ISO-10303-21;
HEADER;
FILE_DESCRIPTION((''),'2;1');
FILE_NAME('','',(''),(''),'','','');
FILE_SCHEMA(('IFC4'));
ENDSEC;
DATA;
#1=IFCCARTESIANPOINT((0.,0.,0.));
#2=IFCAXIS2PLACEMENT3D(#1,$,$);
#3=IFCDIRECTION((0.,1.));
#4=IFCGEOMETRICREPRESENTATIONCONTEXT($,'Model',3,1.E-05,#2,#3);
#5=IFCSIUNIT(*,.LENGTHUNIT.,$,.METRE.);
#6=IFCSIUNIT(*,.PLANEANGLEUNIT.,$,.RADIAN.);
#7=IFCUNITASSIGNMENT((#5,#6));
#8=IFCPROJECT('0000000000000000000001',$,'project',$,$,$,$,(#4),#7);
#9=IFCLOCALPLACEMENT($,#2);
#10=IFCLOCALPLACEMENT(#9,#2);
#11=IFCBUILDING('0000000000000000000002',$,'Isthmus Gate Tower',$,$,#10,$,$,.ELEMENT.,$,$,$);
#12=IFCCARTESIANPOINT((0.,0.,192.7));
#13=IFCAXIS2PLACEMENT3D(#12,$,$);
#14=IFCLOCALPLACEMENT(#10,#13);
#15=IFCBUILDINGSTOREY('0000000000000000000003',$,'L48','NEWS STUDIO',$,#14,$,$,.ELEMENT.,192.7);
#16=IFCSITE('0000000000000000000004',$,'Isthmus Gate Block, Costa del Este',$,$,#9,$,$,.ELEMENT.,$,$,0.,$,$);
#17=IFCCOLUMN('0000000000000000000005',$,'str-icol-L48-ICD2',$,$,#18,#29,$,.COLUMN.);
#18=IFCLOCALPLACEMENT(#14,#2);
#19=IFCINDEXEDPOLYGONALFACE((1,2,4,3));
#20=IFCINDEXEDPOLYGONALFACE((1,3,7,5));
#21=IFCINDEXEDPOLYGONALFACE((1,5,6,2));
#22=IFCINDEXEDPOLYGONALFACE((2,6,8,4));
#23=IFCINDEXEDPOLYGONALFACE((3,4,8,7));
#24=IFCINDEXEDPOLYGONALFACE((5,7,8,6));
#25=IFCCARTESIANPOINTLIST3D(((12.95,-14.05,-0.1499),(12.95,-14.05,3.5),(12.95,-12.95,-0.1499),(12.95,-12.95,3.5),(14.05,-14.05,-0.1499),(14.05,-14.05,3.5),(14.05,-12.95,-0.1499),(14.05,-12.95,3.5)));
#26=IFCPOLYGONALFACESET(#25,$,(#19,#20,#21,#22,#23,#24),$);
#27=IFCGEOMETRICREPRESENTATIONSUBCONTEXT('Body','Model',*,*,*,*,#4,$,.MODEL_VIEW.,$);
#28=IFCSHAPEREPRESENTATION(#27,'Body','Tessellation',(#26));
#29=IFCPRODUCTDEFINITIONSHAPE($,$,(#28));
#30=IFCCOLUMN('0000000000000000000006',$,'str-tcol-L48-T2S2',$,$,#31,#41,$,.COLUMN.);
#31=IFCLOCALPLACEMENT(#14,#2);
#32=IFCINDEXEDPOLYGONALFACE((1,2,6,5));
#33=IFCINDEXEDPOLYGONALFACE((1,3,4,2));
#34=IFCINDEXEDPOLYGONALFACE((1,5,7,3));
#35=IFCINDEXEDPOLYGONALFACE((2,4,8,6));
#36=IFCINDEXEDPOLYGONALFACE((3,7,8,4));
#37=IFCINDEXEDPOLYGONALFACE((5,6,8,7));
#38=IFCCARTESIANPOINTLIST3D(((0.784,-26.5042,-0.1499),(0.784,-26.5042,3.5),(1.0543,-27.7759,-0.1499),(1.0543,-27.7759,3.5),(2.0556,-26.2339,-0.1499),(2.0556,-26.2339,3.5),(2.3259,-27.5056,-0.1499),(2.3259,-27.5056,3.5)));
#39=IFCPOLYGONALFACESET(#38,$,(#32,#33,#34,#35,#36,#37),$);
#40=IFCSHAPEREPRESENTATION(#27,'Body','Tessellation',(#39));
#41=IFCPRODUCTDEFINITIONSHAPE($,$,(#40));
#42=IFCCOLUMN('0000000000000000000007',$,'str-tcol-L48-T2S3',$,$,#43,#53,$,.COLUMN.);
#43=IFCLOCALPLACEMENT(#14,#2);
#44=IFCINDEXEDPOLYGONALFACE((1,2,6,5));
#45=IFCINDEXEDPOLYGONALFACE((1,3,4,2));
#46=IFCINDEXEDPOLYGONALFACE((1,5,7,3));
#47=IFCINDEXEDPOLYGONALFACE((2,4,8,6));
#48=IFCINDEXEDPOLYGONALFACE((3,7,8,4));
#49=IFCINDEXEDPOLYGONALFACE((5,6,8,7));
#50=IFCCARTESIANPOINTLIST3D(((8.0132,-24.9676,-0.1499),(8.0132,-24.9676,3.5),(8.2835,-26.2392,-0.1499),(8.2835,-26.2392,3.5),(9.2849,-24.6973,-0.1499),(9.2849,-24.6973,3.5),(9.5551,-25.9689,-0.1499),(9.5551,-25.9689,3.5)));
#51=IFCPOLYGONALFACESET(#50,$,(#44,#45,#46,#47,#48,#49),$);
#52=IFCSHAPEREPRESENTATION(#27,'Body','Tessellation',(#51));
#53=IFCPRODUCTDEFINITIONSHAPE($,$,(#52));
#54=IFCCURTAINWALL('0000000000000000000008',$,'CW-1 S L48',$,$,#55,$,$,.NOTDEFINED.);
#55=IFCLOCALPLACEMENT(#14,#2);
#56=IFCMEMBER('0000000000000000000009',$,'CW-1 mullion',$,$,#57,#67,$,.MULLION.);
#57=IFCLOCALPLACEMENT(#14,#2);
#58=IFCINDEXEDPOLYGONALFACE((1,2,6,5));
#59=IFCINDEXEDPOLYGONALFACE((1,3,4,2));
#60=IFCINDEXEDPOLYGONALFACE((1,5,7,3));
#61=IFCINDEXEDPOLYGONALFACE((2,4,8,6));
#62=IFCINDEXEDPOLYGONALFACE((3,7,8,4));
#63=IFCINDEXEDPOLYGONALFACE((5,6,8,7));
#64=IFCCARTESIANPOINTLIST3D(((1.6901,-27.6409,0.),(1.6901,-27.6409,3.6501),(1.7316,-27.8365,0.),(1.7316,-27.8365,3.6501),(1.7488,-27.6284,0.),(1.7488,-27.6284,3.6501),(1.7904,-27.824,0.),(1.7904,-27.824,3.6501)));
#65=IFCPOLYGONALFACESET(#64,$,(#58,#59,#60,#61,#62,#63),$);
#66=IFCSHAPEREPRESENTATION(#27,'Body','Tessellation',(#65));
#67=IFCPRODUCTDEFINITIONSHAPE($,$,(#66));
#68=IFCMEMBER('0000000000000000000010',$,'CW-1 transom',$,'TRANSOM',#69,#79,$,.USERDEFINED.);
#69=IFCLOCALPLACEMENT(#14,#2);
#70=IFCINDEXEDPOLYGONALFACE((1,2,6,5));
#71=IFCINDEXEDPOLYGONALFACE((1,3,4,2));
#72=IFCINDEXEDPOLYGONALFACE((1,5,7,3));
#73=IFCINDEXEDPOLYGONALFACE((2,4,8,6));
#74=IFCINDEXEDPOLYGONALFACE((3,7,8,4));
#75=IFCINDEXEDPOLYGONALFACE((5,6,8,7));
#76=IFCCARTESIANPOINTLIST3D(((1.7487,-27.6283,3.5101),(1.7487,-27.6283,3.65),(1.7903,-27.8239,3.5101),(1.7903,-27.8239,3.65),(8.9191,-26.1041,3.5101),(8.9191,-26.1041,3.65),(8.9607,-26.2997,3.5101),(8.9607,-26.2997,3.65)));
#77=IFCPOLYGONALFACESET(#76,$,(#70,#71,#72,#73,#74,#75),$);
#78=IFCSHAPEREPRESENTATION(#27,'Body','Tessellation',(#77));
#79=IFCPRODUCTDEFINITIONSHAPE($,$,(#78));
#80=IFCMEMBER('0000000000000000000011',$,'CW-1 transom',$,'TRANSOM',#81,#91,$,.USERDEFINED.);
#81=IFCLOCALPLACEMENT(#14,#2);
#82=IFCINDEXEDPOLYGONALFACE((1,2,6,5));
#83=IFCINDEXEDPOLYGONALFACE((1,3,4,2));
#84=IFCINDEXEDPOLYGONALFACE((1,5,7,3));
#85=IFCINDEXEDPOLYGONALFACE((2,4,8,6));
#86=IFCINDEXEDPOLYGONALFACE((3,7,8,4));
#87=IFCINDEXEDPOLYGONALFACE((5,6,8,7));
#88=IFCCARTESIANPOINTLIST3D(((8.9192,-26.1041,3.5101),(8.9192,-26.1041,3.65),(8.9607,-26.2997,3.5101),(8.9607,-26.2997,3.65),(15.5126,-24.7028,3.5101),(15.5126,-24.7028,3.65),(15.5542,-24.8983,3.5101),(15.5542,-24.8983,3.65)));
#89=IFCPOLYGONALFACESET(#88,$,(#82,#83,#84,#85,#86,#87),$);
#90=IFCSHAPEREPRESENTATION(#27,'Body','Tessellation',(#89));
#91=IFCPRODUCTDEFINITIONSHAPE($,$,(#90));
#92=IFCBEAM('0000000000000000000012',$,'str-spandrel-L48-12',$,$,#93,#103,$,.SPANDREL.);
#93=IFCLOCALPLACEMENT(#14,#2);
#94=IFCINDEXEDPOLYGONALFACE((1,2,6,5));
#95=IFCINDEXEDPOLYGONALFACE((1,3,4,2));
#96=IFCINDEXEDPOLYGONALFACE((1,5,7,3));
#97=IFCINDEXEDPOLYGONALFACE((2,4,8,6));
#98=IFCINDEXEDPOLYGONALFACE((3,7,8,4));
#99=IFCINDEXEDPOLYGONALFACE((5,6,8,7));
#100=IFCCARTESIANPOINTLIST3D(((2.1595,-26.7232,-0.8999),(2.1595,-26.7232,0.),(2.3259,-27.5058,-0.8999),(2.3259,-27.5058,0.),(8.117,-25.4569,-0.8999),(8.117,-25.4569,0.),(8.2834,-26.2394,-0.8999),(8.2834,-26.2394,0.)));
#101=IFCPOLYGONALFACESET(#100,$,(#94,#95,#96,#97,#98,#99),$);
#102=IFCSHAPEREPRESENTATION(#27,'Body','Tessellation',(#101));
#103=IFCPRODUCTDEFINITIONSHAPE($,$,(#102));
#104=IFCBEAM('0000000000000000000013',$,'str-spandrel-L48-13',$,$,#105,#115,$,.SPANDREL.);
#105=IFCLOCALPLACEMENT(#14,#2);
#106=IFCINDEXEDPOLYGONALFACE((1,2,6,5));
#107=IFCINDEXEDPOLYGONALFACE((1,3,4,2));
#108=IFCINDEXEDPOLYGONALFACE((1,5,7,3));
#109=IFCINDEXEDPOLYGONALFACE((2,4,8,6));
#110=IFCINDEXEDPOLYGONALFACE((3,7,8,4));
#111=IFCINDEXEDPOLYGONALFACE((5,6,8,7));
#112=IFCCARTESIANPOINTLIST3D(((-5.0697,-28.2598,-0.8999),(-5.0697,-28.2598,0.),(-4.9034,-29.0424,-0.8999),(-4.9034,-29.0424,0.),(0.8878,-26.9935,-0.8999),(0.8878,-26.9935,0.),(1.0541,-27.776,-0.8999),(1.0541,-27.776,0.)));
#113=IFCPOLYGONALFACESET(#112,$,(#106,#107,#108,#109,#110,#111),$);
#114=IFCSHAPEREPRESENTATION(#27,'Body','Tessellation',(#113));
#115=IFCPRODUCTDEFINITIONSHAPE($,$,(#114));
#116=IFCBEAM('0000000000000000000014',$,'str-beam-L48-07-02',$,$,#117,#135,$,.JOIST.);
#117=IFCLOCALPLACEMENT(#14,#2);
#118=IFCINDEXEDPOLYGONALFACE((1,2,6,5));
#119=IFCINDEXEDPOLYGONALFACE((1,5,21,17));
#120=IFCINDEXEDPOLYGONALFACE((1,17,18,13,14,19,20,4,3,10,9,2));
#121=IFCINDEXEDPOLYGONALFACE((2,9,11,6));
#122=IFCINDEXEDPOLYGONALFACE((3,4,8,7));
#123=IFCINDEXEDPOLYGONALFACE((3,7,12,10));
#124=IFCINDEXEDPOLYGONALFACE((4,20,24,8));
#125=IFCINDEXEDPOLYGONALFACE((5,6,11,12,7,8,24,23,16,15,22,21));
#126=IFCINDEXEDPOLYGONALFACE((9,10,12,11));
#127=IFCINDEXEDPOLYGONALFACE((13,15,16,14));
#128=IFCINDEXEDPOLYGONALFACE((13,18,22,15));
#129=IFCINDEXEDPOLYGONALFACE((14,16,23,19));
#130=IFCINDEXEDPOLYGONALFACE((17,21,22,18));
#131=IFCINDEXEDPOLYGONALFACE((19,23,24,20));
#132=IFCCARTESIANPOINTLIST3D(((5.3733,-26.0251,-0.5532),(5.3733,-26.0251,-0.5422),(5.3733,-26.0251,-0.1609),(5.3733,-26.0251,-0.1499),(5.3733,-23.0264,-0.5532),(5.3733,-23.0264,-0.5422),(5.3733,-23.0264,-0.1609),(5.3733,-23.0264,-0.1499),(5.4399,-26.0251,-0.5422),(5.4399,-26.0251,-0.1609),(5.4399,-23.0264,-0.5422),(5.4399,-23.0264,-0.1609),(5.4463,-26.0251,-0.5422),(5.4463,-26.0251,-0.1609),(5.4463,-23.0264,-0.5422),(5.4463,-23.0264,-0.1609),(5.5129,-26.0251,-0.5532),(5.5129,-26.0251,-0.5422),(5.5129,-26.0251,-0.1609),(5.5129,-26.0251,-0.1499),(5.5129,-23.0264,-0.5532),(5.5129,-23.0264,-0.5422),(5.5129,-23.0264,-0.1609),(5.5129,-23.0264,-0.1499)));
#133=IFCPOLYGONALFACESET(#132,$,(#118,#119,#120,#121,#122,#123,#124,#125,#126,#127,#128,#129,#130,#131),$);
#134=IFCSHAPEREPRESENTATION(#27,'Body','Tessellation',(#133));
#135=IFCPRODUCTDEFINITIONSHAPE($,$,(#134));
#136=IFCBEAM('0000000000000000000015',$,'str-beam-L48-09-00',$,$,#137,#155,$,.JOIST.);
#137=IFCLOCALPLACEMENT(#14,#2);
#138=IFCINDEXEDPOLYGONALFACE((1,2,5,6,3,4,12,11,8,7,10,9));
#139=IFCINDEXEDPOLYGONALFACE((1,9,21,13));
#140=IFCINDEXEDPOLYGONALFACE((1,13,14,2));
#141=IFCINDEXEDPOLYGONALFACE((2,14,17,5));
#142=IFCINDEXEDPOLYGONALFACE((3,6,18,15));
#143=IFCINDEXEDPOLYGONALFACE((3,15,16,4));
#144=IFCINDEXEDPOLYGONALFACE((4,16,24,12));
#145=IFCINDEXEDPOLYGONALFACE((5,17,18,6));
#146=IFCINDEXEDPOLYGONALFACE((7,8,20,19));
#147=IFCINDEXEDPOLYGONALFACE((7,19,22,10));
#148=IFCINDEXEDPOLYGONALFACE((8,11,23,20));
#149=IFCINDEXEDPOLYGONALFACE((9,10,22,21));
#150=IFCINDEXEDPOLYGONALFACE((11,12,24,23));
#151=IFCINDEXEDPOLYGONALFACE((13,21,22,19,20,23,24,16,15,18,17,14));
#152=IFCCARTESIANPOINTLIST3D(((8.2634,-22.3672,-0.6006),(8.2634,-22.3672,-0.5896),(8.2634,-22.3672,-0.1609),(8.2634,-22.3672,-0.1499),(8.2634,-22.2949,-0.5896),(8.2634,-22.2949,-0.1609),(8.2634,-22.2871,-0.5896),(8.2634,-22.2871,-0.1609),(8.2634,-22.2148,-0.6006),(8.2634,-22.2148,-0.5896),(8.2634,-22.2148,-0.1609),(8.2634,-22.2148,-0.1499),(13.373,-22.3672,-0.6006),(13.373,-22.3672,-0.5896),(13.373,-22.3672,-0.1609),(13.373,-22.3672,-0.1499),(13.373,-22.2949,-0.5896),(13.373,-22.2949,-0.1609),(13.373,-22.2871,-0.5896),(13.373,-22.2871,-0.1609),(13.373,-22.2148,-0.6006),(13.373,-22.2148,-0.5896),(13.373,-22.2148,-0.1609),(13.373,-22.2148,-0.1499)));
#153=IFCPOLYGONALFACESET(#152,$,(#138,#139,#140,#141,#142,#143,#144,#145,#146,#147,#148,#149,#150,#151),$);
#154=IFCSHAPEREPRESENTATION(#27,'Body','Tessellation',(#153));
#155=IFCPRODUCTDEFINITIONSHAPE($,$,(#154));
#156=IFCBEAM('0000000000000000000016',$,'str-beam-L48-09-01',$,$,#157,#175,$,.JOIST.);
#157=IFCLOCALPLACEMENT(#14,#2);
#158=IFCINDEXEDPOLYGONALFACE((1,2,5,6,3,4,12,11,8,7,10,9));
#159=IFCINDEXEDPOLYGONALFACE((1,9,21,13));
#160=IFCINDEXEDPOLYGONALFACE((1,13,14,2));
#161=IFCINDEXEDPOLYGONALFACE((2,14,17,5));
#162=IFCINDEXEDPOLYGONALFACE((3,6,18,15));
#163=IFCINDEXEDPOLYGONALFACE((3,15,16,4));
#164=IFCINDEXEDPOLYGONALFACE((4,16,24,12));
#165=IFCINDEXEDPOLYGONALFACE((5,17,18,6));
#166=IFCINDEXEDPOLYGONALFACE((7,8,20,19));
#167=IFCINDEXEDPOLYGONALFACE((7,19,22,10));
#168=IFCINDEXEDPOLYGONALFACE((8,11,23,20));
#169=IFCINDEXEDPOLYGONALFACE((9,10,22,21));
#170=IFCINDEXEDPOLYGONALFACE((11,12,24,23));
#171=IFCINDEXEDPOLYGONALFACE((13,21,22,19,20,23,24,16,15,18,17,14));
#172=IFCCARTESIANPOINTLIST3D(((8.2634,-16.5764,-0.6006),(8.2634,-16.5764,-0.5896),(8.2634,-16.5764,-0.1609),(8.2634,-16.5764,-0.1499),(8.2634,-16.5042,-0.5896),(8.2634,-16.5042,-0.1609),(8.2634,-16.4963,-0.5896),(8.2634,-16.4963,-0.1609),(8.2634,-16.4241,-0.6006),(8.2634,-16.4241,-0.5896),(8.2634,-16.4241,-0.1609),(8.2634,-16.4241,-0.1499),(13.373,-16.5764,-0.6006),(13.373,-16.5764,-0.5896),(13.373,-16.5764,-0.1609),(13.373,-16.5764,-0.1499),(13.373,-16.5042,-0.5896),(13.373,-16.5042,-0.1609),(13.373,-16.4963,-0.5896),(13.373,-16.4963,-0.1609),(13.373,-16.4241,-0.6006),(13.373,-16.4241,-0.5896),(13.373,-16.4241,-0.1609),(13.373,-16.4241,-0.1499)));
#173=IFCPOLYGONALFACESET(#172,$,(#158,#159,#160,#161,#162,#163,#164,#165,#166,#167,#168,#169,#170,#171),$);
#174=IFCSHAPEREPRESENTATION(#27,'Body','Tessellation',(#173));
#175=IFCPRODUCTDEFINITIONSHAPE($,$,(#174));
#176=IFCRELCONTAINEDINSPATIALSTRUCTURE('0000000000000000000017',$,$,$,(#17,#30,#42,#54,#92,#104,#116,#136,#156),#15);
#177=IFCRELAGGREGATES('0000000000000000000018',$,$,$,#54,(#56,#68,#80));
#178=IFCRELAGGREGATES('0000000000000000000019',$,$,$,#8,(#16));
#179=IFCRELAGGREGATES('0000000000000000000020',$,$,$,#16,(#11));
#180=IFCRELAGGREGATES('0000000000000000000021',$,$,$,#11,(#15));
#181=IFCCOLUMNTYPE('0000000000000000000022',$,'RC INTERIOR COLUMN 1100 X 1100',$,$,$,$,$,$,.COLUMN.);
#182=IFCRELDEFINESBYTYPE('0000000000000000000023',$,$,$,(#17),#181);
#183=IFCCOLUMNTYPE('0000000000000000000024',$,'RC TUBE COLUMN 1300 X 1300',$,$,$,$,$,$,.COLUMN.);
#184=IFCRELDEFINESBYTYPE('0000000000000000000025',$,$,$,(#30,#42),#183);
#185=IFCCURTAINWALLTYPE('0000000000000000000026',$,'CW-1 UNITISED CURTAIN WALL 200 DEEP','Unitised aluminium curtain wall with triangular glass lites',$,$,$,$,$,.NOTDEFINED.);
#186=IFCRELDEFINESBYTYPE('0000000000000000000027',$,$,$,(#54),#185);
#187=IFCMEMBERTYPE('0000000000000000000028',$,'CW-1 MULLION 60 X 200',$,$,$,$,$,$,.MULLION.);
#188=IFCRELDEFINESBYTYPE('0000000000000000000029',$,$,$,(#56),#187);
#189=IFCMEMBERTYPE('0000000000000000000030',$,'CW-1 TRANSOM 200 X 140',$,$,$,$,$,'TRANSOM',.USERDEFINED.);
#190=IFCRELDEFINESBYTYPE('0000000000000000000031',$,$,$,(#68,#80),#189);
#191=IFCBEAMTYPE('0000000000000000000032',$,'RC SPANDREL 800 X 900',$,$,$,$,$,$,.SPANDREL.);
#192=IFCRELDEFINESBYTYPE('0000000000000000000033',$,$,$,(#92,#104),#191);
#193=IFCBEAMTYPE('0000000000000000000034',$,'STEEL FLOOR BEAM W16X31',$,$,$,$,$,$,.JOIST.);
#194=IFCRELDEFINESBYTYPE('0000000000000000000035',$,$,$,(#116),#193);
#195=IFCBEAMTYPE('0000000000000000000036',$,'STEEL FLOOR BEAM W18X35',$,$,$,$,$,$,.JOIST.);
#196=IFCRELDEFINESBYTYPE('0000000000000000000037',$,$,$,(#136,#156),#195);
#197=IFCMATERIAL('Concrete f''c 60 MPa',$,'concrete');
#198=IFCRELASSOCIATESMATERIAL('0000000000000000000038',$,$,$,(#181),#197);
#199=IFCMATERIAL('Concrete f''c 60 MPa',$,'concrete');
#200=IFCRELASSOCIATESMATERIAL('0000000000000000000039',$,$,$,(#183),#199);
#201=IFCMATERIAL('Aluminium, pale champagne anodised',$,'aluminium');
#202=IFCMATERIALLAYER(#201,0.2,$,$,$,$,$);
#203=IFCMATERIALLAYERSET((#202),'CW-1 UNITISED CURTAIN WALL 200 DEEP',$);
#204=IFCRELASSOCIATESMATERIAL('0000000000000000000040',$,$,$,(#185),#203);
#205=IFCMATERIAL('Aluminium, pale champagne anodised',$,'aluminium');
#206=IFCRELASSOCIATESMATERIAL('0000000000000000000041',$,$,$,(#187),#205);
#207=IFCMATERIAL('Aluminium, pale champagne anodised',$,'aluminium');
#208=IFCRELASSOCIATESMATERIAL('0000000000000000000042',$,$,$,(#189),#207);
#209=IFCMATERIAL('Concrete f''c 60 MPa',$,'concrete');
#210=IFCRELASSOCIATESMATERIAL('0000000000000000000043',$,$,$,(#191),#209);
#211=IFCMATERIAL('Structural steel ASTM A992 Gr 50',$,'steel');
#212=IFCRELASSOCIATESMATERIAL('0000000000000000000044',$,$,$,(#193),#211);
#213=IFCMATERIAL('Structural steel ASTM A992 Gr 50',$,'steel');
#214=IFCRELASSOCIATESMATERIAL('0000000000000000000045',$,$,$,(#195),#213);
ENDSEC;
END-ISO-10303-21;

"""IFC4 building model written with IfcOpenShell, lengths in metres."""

from ifc_helpers import new_model, si_unit, direction, frame, origin, origin_2d, place, context, subcontext, project, spatial, rectangle, i_section, extrude, material, layer, layer_set, material_profile, profile_set, type_object, element, aggregate, save


model = new_model("IFC4")

# Units and contexts
model_context = context("Model", 3, precision=1e-05, world=origin(), true_north=direction((0.0, 1.0)))
body_context = subcontext(model_context, "Body", "Model", "MODEL_VIEW")
ifc_project = project(units=[si_unit("LENGTHUNIT", "METRE"), si_unit("PLANEANGLEUNIT", "RADIAN")], contexts=[model_context])

# Site, building, storey
site_placement = place(None, origin())
site = spatial("IfcSite", under=ifc_project, at=site_placement, Name="Isthmus Gate Block, Costa del Este", CompositionType="ELEMENT", RefElevation=0.0)
building_placement = place(site_placement, origin())
building = spatial("IfcBuilding", under=site, at=building_placement, Name="Isthmus Gate Tower", CompositionType="ELEMENT")
storey_placement = place(building_placement, frame((0.0, 0.0, 192.7)))
storey = spatial("IfcBuildingStorey", under=building, at=storey_placement, Name="L48", Description="NEWS STUDIO", CompositionType="ELEMENT", Elevation=192.7)

# Columns
ifc_material_1 = material(Name="Concrete f'c 60 MPa", Category="concrete")
ifc_material_profile_1 = material_profile(ifc_material_1, rectangle(XDim=1.1001, YDim=1.1001, at=origin_2d()), Name="RC 1100X1100")
ifc_profile_set_1 = profile_set([ifc_material_profile_1], Name="Concrete f'c 60 MPa")
column_type_1 = type_object("IfcColumnType", Name="RC INTERIOR COLUMN 1100 X 1100", PredefinedType="COLUMN", material=ifc_profile_set_1)
column_placement = place(storey_placement, frame((13.5, -13.5, -0.1499), z_axis=(0.0, 0.0, 1.0), x_axis=(1.0, 0.0, 0.0)))
element("IfcColumn", 1, at=column_placement, inside=storey, type_object=column_type_1, Name="str-icol-L48-ICD2", PredefinedType="COLUMN", context=body_context, shape_type="SweptSolid", body=[
    extrude(rectangle(XDim=1.1001, YDim=1.1001, at=origin_2d()), origin(), (0.0, 0.0, 1.0), 3.6499),
])
ifc_material_2 = material(Name="Concrete f'c 60 MPa", Category="concrete")
ifc_material_profile_2 = material_profile(ifc_material_2, rectangle(XDim=1.3, YDim=1.3, at=origin_2d()), Name="RC 1300X1300")
ifc_profile_set_2 = profile_set([ifc_material_profile_2], Name="Concrete f'c 60 MPa")
column_type_2 = type_object("IfcColumnType", Name="RC TUBE COLUMN 1300 X 1300", PredefinedType="COLUMN", material=ifc_profile_set_2)
for number, where, z_axis, x_axis, name in (
    (2, (1.5549, -27.0049, -0.1499), (0.0, 0.0, 1.0), (0.978148, 0.207912, 0.0), "str-tcol-L48-T2S2"),
    (3, (8.7842, -25.4683, -0.1499), (0.0, 0.0, 1.0), (0.978148, 0.207912, 0.0), "str-tcol-L48-T2S3"),
):
    element("IfcColumn", number, at=place(storey_placement, frame(where, z_axis=z_axis, x_axis=x_axis)), inside=storey, type_object=column_type_2, Name=name, PredefinedType="COLUMN", context=body_context, shape_type="SweptSolid", body=[
        extrude(rectangle(XDim=1.3, YDim=1.3, at=origin_2d()), origin(), (0.0, 0.0, 1.0), 3.6499),
    ])

# Curtain wall, members
ifc_material_3 = material(Name="Aluminium, pale champagne anodised", Category="aluminium")
ifc_layer_1 = layer(ifc_material_3, 0.2)
ifc_layer_set_1 = layer_set([ifc_layer_1], Name="CW-1 UNITISED CURTAIN WALL 200 DEEP")
curtain_wall_type = type_object("IfcCurtainWallType", Name="CW-1 UNITISED CURTAIN WALL 200 DEEP", Description="Unitised aluminium curtain wall with triangular glass lites", PredefinedType="NOTDEFINED", material=ifc_layer_set_1)
curtain_wall_placement = place(storey_placement, origin())
curtain_wall = element("IfcCurtainWall", 4, at=curtain_wall_placement, inside=storey, type_object=curtain_wall_type, Name="CW-1 S L48", PredefinedType="NOTDEFINED")
ifc_material_4 = material(Name="Aluminium, pale champagne anodised", Category="aluminium")
ifc_material_profile_3 = material_profile(ifc_material_4, rectangle(XDim=0.0601, YDim=0.2, at=origin_2d()), Name="60x200")
ifc_profile_set_3 = profile_set([ifc_material_profile_3], Name="Aluminium, pale champagne anodised")
member_type_1 = type_object("IfcMemberType", Name="CW-1 MULLION 60 X 200", PredefinedType="MULLION", material=ifc_profile_set_3)
member_1_placement = place(storey_placement, frame((1.7402, -27.7324, 0.0), z_axis=(0.0, 0.0, 1.0), x_axis=(0.978148, 0.207912, 0.0)))
member_1 = element("IfcMember", 5, at=member_1_placement, type_object=member_type_1, Name="CW-1 mullion", PredefinedType="MULLION", context=body_context, shape_type="SweptSolid", body=[
    extrude(rectangle(XDim=0.0601, YDim=0.2, at=origin_2d()), origin(), (0.0, 0.0, 1.0), 3.6501),
])
ifc_material_5 = material(Name="Aluminium, pale champagne anodised", Category="aluminium")
ifc_material_profile_4 = material_profile(ifc_material_5, rectangle(XDim=0.2, YDim=0.1399, at=origin_2d()), Name="200x140")
ifc_profile_set_4 = profile_set([ifc_material_profile_4], Name="Aluminium, pale champagne anodised")
member_type_2 = type_object("IfcMemberType", Name="CW-1 TRANSOM 200 X 140", ElementType="TRANSOM", PredefinedType="USERDEFINED", material=ifc_profile_set_4)
member_2_placement = place(storey_placement, frame((1.7695, -27.7261, 3.5801), z_axis=(0.978146, 0.207919, 0.0), x_axis=(-0.207919, 0.978146, 0.0)))
member_2 = element("IfcMember", 6, at=member_2_placement, type_object=member_type_2, Name="CW-1 transom", ObjectType="TRANSOM", PredefinedType="USERDEFINED", context=body_context, shape_type="SweptSolid", body=[
    extrude(rectangle(XDim=0.2, YDim=0.1399, at=origin_2d()), origin(), (0.0, 0.0, 1.0), 7.3306),
])
member_3_placement = place(storey_placement, frame((8.9399, -26.2019, 3.5801), z_axis=(0.978151, 0.207894, 0.0), x_axis=(-0.207894, 0.978151, 0.0)))
member_3 = element("IfcMember", 7, at=member_3_placement, type_object=member_type_2, Name="CW-1 transom", ObjectType="TRANSOM", PredefinedType="USERDEFINED", context=body_context, shape_type="SweptSolid", body=[
    extrude(rectangle(XDim=0.2, YDim=0.1399, at=origin_2d()), origin(), (0.0, 0.0, 1.0), 6.7407),
])

# Beams
ifc_material_6 = material(Name="Concrete f'c 60 MPa", Category="concrete")
ifc_material_profile_5 = material_profile(ifc_material_6, rectangle(XDim=0.8, YDim=0.8999, at=origin_2d()), Name="RC 800X900")
ifc_profile_set_5 = profile_set([ifc_material_profile_5], Name="Concrete f'c 60 MPa")
beam_type_1 = type_object("IfcBeamType", Name="RC SPANDREL 800 X 900", PredefinedType="SPANDREL", material=ifc_profile_set_5)
for number, where, z_axis, x_axis, name in (
    (8, (8.2002, -25.8481, -0.45), (-0.978146, -0.207919, 0.0), (0.207919, -0.978146, 0.0), "str-spandrel-L48-12"),
    (9, (0.9709, -27.3848, -0.45), (-0.978146, -0.207919, 0.0), (0.207919, -0.978146, 0.0), "str-spandrel-L48-13"),
):
    element("IfcBeam", number, at=place(storey_placement, frame(where, z_axis=z_axis, x_axis=x_axis)), inside=storey, type_object=beam_type_1, Name=name, PredefinedType="SPANDREL", context=body_context, shape_type="SweptSolid", body=[
        extrude(rectangle(XDim=0.8, YDim=0.8999, at=origin_2d()), origin(), (0.0, 0.0, 1.0), 6.0906),
    ])
ifc_material_7 = material(Name="Structural steel ASTM A992 Gr 50", Category="steel")
ifc_material_profile_6 = material_profile(ifc_material_7, i_section(OverallWidth=0.1396, OverallDepth=0.4033, WebThickness=0.0063, FlangeThickness=0.011, at=origin_2d()), Name="W16X31")
ifc_profile_set_6 = profile_set([ifc_material_profile_6], Name="Structural steel ASTM A992 Gr 50")
beam_type_2 = type_object("IfcBeamType", Name="STEEL FLOOR BEAM W16X31", PredefinedType="JOIST", material=ifc_profile_set_6)
beam_1_placement = place(storey_placement, frame((5.4431, -26.0251, -0.3516), z_axis=(0.0, 1.0, 0.0), x_axis=(-1.0, 0.0, 0.0)))
element("IfcBeam", 10, at=beam_1_placement, inside=storey, type_object=beam_type_2, Name="str-beam-L48-07-02", PredefinedType="JOIST", context=body_context, shape_type="SweptSolid", body=[
    extrude(i_section(OverallWidth=0.1396, OverallDepth=0.4033, WebThickness=0.0063, FlangeThickness=0.011, at=origin_2d()), origin(), (0.0, 0.0, 1.0), 2.9988),
])
ifc_material_8 = material(Name="Structural steel ASTM A992 Gr 50", Category="steel")
ifc_material_profile_7 = material_profile(ifc_material_8, i_section(OverallWidth=0.1523, OverallDepth=0.4507, WebThickness=0.0078, FlangeThickness=0.011, at=origin_2d()), Name="W18X35")
ifc_profile_set_7 = profile_set([ifc_material_profile_7], Name="Structural steel ASTM A992 Gr 50")
beam_type_3 = type_object("IfcBeamType", Name="STEEL FLOOR BEAM W18X35", PredefinedType="JOIST", material=ifc_profile_set_7)
for number, where, z_axis, x_axis, name in (
    (11, (8.2634, -22.291, -0.3752), (1.0, 0.0, 0.0), (0.0, 1.0, 0.0), "str-beam-L48-09-00"),
    (12, (8.2634, -16.5002, -0.3752), (1.0, 0.0, 0.0), (0.0, 1.0, 0.0), "str-beam-L48-09-01"),
):
    element("IfcBeam", number, at=place(storey_placement, frame(where, z_axis=z_axis, x_axis=x_axis)), inside=storey, type_object=beam_type_3, Name=name, PredefinedType="JOIST", context=body_context, shape_type="SweptSolid", body=[
        extrude(i_section(OverallWidth=0.1523, OverallDepth=0.4507, WebThickness=0.0078, FlangeThickness=0.011, at=origin_2d()), origin(), (0.0, 0.0, 1.0), 5.1096),
    ])

aggregate(curtain_wall, [member_1, member_2, member_3])

save(model, "model.ifc")
